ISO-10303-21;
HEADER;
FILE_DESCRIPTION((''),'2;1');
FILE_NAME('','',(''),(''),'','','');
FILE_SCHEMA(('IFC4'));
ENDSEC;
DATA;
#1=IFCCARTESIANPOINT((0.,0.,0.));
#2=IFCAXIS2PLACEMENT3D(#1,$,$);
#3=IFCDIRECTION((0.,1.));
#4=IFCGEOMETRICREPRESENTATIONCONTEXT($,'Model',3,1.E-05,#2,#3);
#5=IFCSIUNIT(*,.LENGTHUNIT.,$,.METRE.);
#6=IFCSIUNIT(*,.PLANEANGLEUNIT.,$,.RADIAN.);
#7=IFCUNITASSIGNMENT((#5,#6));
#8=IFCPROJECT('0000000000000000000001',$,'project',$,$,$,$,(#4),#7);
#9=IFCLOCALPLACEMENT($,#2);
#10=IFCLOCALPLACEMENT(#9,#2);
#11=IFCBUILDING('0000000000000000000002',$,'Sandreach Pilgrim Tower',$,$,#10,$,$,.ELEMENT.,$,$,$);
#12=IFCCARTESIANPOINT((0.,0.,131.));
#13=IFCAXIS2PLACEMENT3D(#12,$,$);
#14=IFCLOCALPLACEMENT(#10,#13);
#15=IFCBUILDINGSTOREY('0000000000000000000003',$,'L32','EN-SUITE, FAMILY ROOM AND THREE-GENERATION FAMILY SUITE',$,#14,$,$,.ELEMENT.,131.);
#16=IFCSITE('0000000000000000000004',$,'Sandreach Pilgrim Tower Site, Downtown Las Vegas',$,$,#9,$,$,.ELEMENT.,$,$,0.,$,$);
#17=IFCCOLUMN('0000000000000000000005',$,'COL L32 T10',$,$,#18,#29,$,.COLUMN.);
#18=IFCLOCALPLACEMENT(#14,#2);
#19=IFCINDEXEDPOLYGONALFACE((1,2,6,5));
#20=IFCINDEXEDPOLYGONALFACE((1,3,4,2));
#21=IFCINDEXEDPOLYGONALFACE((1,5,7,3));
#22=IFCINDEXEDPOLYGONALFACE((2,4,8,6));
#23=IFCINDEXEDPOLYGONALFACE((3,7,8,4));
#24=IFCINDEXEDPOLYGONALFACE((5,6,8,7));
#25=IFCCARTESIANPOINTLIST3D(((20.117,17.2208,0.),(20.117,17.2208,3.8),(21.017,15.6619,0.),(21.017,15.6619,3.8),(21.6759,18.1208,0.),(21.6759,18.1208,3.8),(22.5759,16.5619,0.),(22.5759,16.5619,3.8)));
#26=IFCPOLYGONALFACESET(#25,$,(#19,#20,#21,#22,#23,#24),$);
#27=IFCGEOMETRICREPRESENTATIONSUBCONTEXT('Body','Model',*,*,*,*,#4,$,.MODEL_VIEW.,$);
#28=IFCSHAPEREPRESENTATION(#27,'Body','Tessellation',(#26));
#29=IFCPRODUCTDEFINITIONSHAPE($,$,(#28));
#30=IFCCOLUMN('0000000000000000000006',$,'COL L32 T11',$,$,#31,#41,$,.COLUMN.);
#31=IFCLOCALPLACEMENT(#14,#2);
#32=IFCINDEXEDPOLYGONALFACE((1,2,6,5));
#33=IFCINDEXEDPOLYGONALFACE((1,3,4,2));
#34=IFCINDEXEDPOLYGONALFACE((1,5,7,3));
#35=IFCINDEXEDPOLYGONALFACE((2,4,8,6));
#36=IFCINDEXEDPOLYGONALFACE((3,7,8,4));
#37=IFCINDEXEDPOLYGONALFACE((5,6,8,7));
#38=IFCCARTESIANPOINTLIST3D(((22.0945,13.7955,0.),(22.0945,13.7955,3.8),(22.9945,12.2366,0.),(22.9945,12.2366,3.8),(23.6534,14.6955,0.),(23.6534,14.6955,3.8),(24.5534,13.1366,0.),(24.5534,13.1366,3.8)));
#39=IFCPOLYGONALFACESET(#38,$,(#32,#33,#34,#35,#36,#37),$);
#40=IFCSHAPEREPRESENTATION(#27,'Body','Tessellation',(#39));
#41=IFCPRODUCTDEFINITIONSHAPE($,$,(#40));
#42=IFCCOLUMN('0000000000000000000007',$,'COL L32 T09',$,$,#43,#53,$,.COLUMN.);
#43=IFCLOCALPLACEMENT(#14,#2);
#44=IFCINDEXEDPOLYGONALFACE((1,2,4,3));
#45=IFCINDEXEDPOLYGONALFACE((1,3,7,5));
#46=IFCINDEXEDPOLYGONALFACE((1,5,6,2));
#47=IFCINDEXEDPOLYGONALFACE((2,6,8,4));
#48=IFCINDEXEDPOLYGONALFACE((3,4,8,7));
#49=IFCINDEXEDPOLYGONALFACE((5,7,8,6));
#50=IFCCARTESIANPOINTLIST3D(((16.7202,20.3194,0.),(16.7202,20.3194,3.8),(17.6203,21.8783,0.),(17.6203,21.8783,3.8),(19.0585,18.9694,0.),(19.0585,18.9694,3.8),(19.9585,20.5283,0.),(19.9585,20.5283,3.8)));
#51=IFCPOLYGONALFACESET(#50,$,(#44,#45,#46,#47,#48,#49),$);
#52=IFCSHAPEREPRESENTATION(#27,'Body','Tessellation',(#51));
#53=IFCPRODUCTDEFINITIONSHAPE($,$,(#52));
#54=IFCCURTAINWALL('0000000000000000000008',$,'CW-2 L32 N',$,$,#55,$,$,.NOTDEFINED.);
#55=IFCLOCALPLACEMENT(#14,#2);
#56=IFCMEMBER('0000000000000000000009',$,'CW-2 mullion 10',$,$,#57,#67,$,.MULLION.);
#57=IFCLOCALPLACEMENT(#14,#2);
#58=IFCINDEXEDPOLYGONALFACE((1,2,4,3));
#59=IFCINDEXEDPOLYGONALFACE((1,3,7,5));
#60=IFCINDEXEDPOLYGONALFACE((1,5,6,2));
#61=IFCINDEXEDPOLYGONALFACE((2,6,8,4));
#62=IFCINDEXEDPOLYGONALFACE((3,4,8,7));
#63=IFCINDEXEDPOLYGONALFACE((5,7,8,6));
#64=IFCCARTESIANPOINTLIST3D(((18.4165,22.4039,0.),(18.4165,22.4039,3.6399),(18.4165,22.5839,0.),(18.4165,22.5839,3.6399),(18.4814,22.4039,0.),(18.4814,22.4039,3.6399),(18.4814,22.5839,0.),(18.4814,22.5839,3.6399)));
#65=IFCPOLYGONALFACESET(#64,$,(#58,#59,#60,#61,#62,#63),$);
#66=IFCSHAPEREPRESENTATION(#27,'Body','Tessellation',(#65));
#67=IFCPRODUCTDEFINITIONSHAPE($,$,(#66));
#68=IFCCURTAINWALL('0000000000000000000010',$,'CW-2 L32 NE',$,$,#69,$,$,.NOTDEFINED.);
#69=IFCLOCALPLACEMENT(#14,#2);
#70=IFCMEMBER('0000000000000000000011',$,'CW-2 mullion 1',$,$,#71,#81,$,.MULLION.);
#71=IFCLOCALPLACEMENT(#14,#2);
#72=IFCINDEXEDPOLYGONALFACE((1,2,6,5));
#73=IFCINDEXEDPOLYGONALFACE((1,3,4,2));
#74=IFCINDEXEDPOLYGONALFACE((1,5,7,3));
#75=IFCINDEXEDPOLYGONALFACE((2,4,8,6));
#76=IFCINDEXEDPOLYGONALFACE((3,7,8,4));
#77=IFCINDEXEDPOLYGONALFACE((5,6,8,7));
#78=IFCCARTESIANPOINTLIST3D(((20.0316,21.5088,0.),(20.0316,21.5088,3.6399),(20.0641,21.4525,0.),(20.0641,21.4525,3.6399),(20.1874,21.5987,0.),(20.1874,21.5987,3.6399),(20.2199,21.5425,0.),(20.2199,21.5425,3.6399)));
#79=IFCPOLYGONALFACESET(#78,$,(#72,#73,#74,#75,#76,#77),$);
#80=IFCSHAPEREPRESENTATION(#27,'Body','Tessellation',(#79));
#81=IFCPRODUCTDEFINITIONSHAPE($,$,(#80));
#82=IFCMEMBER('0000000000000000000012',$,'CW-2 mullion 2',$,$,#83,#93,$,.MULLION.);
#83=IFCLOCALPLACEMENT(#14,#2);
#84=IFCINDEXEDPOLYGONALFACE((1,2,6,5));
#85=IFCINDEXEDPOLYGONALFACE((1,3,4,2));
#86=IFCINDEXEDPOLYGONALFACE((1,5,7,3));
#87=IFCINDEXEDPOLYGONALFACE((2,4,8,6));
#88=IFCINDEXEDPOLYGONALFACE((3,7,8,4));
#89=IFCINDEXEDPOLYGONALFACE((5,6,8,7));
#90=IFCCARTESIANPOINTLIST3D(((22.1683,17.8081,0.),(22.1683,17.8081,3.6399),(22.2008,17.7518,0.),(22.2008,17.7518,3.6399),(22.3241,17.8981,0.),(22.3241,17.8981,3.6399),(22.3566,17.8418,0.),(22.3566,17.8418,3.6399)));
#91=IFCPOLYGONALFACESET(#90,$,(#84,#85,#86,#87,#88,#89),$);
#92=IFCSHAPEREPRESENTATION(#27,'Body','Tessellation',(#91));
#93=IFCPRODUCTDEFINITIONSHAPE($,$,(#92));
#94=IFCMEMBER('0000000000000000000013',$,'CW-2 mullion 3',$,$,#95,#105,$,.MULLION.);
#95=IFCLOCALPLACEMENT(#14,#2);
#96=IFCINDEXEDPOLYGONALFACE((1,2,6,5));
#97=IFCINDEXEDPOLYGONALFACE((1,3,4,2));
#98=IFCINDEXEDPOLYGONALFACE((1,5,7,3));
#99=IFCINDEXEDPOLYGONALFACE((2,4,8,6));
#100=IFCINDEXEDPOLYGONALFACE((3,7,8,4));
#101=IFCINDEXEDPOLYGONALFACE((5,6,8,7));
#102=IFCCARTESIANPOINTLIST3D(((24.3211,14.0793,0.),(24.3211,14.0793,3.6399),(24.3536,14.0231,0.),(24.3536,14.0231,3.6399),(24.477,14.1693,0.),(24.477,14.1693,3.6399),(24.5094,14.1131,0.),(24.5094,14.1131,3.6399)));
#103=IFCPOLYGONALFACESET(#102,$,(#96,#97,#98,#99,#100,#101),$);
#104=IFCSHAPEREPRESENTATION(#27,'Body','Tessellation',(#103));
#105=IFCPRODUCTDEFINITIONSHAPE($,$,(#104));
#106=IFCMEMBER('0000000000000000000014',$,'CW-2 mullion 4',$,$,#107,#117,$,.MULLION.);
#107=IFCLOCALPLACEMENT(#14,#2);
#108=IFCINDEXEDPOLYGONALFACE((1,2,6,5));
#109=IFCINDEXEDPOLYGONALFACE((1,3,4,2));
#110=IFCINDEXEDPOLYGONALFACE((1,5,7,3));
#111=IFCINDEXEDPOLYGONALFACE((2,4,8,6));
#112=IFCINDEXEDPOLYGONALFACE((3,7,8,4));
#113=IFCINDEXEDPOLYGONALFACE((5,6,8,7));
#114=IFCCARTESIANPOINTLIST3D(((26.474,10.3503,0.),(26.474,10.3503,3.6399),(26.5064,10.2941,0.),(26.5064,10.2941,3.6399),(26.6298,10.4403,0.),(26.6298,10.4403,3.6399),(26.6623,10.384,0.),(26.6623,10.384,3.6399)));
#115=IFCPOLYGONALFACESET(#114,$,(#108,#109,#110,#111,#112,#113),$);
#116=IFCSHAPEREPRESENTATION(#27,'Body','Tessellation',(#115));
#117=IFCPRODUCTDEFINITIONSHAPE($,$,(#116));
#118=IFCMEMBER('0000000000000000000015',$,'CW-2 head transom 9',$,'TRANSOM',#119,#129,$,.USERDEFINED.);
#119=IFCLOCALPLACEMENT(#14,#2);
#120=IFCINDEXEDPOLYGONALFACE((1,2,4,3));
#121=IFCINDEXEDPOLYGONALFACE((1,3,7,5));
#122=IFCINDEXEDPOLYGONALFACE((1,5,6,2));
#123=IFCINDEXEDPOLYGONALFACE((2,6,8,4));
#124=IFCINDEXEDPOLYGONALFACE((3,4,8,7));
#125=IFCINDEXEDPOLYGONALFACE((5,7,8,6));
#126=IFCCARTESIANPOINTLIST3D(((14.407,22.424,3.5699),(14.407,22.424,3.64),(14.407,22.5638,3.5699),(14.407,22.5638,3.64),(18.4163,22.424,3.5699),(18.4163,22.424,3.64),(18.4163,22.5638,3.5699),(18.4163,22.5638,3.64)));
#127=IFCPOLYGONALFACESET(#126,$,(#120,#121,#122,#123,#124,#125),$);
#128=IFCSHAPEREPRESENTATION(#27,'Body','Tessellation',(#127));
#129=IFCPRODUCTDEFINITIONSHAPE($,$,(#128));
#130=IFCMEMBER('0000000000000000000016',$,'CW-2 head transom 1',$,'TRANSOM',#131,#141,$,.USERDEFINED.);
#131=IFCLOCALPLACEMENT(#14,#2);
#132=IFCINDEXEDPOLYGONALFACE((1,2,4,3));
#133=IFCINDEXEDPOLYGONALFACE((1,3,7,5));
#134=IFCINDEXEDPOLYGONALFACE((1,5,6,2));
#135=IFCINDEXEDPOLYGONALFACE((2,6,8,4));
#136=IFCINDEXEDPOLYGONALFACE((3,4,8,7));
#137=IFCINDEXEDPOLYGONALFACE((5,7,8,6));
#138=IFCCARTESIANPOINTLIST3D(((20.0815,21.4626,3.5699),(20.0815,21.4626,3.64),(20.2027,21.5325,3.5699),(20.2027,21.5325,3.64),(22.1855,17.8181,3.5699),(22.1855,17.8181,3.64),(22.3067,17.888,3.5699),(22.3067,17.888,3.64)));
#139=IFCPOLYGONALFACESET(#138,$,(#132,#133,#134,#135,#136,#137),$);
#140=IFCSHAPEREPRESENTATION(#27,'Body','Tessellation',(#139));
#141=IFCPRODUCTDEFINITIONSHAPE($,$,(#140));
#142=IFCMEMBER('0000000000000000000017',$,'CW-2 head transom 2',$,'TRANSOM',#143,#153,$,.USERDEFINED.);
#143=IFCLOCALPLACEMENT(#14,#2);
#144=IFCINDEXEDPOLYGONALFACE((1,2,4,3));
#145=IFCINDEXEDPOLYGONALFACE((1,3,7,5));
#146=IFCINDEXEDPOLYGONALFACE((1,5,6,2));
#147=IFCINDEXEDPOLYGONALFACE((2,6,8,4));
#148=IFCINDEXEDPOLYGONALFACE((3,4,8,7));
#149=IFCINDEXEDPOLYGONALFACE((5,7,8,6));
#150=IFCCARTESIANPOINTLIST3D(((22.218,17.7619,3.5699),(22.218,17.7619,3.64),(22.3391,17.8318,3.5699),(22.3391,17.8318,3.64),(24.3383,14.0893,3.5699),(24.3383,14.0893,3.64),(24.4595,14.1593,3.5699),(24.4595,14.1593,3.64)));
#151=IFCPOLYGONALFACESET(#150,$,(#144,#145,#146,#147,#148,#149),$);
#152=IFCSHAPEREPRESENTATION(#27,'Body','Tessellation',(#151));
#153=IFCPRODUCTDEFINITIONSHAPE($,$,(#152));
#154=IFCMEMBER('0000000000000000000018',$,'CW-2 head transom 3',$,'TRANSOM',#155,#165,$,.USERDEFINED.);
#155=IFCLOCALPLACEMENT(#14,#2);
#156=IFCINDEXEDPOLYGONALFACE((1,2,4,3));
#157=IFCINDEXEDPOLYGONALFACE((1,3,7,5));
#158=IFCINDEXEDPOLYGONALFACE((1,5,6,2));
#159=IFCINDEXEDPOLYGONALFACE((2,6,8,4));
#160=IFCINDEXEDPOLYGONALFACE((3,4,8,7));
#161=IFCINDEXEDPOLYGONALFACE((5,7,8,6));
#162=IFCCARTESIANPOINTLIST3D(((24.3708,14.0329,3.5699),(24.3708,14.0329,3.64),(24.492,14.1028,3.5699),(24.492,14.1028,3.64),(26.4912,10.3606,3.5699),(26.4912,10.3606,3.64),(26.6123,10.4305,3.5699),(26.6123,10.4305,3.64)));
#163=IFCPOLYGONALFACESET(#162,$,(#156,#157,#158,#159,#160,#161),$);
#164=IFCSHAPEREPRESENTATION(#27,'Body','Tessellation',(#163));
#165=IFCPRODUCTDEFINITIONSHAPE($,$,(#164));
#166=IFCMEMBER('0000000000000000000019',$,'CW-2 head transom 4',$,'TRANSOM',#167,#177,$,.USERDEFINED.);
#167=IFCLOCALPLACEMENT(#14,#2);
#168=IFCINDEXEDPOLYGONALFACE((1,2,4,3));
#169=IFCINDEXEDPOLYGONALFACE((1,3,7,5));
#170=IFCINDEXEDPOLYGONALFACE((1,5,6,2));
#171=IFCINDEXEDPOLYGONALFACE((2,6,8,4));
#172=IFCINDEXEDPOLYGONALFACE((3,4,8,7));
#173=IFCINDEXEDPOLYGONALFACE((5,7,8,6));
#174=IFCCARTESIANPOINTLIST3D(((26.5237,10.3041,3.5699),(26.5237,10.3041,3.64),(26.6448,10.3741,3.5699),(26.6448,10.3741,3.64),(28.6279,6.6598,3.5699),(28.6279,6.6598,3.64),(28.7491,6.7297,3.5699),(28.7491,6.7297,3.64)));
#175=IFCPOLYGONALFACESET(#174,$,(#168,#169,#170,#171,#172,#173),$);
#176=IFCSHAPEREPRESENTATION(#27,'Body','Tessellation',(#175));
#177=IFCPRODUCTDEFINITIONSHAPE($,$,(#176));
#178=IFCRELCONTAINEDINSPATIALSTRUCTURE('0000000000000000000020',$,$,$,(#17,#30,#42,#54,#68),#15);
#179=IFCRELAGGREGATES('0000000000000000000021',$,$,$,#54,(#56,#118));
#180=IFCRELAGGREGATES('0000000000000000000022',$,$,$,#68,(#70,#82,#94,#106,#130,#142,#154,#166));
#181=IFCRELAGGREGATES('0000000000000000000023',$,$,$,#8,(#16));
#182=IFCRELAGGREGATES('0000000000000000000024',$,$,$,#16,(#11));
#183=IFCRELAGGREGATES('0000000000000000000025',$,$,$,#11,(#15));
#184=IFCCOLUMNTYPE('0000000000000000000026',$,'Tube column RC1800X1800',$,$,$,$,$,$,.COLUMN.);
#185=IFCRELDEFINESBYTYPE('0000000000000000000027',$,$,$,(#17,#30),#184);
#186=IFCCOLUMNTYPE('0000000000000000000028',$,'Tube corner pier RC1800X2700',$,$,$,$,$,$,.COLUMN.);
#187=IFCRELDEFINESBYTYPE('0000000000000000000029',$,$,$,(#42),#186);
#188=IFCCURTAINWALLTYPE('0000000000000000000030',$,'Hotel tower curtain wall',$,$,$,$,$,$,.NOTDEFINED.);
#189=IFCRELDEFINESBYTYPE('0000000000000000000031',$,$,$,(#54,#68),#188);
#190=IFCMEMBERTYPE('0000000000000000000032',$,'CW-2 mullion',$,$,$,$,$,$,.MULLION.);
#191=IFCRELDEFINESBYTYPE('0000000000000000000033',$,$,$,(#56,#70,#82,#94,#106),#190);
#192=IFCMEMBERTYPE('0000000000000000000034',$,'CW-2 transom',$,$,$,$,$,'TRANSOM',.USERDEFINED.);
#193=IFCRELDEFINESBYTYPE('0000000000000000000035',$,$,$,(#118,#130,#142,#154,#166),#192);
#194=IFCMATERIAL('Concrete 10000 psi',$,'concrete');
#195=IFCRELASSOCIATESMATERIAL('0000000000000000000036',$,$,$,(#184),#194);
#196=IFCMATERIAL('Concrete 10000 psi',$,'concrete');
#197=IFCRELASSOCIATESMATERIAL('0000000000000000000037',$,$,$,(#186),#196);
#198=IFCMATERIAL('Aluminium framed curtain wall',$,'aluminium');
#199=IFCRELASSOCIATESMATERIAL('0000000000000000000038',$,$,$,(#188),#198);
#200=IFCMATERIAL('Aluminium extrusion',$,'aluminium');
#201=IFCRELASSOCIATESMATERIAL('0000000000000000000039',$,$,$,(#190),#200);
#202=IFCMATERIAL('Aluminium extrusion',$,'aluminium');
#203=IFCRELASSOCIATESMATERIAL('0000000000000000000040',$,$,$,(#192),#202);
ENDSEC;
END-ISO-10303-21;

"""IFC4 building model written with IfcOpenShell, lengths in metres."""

from ifc_helpers import new_model, si_unit, direction, frame, origin, origin_2d, place, context, subcontext, project, spatial, rectangle, extrude, material, material_profile, profile_set, type_object, element, aggregate, save


model = new_model("IFC4")

# Units and contexts
model_context = context("Model", 3, precision=1e-05, world=origin(), true_north=direction((0.0, 1.0)))
body_context = subcontext(model_context, "Body", "Model", "MODEL_VIEW")
ifc_project = project(units=[si_unit("LENGTHUNIT", "METRE"), si_unit("PLANEANGLEUNIT", "RADIAN")], contexts=[model_context])

# Site, building, storey
site_placement = place(None, origin())
site = spatial("IfcSite", under=ifc_project, at=site_placement, Name="Sandreach Pilgrim Tower Site, Downtown Las Vegas", CompositionType="ELEMENT", RefElevation=0.0)
building_placement = place(site_placement, origin())
building = spatial("IfcBuilding", under=site, at=building_placement, Name="Sandreach Pilgrim Tower", CompositionType="ELEMENT")
storey_placement = place(building_placement, frame((0.0, 0.0, 131.0)))
storey = spatial("IfcBuildingStorey", under=building, at=storey_placement, Name="L32", Description="EN-SUITE, FAMILY ROOM AND THREE-GENERATION FAMILY SUITE", CompositionType="ELEMENT", Elevation=131.0)

# Columns
ifc_material_1 = material(Name="Concrete 10000 psi", Category="concrete")
ifc_material_profile_1 = material_profile(ifc_material_1, rectangle(XDim=1.8, YDim=1.8, at=origin_2d()), Name="RC1800X1800")
ifc_profile_set_1 = profile_set([ifc_material_profile_1], Name="Concrete 10000 psi")
column_type_1 = type_object("IfcColumnType", Name="Tube column RC1800X1800", PredefinedType="COLUMN", material=ifc_profile_set_1)
for number, where, z_axis, x_axis, name in (
    (1, (21.3464, 16.8914, 0.0), (0.0, 0.0, 1.0), (0.866025, 0.5, 0.0), "COL L32 T10"),
    (2, (23.324, 13.4661, 0.0), (0.0, 0.0, 1.0), (0.866025, 0.5, 0.0), "COL L32 T11"),
):
    element("IfcColumn", number, at=place(storey_placement, frame(where, z_axis=z_axis, x_axis=x_axis)), inside=storey, type_object=column_type_1, Name=name, PredefinedType="COLUMN", context=body_context, shape_type="SweptSolid", body=[
        extrude(rectangle(XDim=1.8, YDim=1.8, at=origin_2d()), origin(), (0.0, 0.0, 1.0), 3.8),
    ])
ifc_material_2 = material(Name="Concrete 10000 psi", Category="concrete")
ifc_material_profile_2 = material_profile(ifc_material_2, rectangle(XDim=1.8, YDim=2.7, at=origin_2d()), Name="RC1800X2700")
ifc_profile_set_2 = profile_set([ifc_material_profile_2], Name="Concrete 10000 psi")
column_type_2 = type_object("IfcColumnType", Name="Tube corner pier RC1800X2700", PredefinedType="COLUMN", material=ifc_profile_set_2)
column_placement = place(storey_placement, frame((18.3394, 20.4238, 0.0), z_axis=(0.0, 0.0, 1.0), x_axis=(0.5, 0.866025, 0.0)))
element("IfcColumn", 3, at=column_placement, inside=storey, type_object=column_type_2, Name="COL L32 T09", PredefinedType="COLUMN", context=body_context, shape_type="SweptSolid", body=[
    extrude(rectangle(XDim=1.8, YDim=2.7, at=origin_2d()), origin(), (0.0, 0.0, 1.0), 3.8),
])

# Curtain wall, member
ifc_material_3 = material(Name="Aluminium framed curtain wall", Category="aluminium")
curtain_wall_type = type_object("IfcCurtainWallType", Name="Hotel tower curtain wall", PredefinedType="NOTDEFINED", material=ifc_material_3)
curtain_wall_1_placement = place(storey_placement, origin())
curtain_wall_1 = element("IfcCurtainWall", 4, at=curtain_wall_1_placement, inside=storey, type_object=curtain_wall_type, Name="CW-2 L32 N", PredefinedType="NOTDEFINED")
ifc_material_4 = material(Name="Aluminium extrusion", Category="aluminium")
ifc_material_profile_3 = material_profile(ifc_material_4, rectangle(XDim=0.0649, YDim=0.1799, at=origin_2d()), Name="CW-2M 65X180")
ifc_profile_set_3 = profile_set([ifc_material_profile_3], Name="Aluminium extrusion")
member_type_1 = type_object("IfcMemberType", Name="CW-2 mullion", PredefinedType="MULLION", material=ifc_profile_set_3)
member_1_placement = place(storey_placement, frame((18.449, 22.4939, 0.0), z_axis=(0.0, 0.0, 1.0), x_axis=(1.0, 0.0, 0.0)))
member_1 = element("IfcMember", 5, at=member_1_placement, type_object=member_type_1, Name="CW-2 mullion 10", PredefinedType="MULLION", context=body_context, shape_type="SweptSolid", body=[
    extrude(rectangle(XDim=0.0649, YDim=0.1799, at=origin_2d()), origin(), (0.0, 0.0, 1.0), 3.6399),
])

# Curtain wall, members
curtain_wall_2_placement = place(storey_placement, origin())
curtain_wall_2 = element("IfcCurtainWall", 6, at=curtain_wall_2_placement, inside=storey, type_object=curtain_wall_type, Name="CW-2 L32 NE", PredefinedType="NOTDEFINED")
member_2_placement = place(storey_placement, frame((20.1257, 21.5256, 0.0), z_axis=(0.0, 0.0, 1.0), x_axis=(0.5, -0.866025, 0.0)))
member_2 = element("IfcMember", 7, at=member_2_placement, type_object=member_type_1, Name="CW-2 mullion 1", PredefinedType="MULLION", context=body_context, shape_type="SweptSolid", body=[
    extrude(rectangle(XDim=0.0649, YDim=0.1799, at=origin_2d()), origin(), (0.0, 0.0, 1.0), 3.6399),
])
member_3_placement = place(storey_placement, frame((22.2625, 17.825, 0.0), z_axis=(0.0, 0.0, 1.0), x_axis=(0.5, -0.866025, 0.0)))
member_3 = element("IfcMember", 8, at=member_3_placement, type_object=member_type_1, Name="CW-2 mullion 2", PredefinedType="MULLION", context=body_context, shape_type="SweptSolid", body=[
    extrude(rectangle(XDim=0.0649, YDim=0.1799, at=origin_2d()), origin(), (0.0, 0.0, 1.0), 3.6399),
])
member_4_placement = place(storey_placement, frame((24.4153, 14.0962, 0.0), z_axis=(0.0, 0.0, 1.0), x_axis=(0.5, -0.866025, 0.0)))
member_4 = element("IfcMember", 9, at=member_4_placement, type_object=member_type_1, Name="CW-2 mullion 3", PredefinedType="MULLION", context=body_context, shape_type="SweptSolid", body=[
    extrude(rectangle(XDim=0.0649, YDim=0.1799, at=origin_2d()), origin(), (0.0, 0.0, 1.0), 3.6399),
])
member_5_placement = place(storey_placement, frame((26.5681, 10.3672, 0.0), z_axis=(0.0, 0.0, 1.0), x_axis=(0.5, -0.866025, 0.0)))
member_5 = element("IfcMember", 10, at=member_5_placement, type_object=member_type_1, Name="CW-2 mullion 4", PredefinedType="MULLION", context=body_context, shape_type="SweptSolid", body=[
    extrude(rectangle(XDim=0.0649, YDim=0.1799, at=origin_2d()), origin(), (0.0, 0.0, 1.0), 3.6399),
])

# Members
ifc_material_5 = material(Name="Aluminium extrusion", Category="aluminium")
ifc_material_profile_4 = material_profile(ifc_material_5, rectangle(XDim=0.1399, YDim=0.0701, at=origin_2d()), Name="CW-2T 140X70")
ifc_profile_set_4 = profile_set([ifc_material_profile_4], Name="Aluminium extrusion")
member_type_2 = type_object("IfcMemberType", Name="CW-2 transom", ElementType="TRANSOM", PredefinedType="USERDEFINED", material=ifc_profile_set_4)
member_6_placement = place(storey_placement, frame((14.407, 22.4939, 3.605), z_axis=(1.0, 0.0, 0.0), x_axis=(0.0, 1.0, 0.0)))
member_6 = element("IfcMember", 11, at=member_6_placement, type_object=member_type_2, Name="CW-2 head transom 9", ObjectType="TRANSOM", PredefinedType="USERDEFINED", context=body_context, shape_type="SweptSolid", body=[
    extrude(rectangle(XDim=0.1399, YDim=0.0701, at=origin_2d()), origin(), (0.0, 0.0, 1.0), 4.0093),
])
member_7_placement = place(storey_placement, frame((20.1421, 21.4976, 3.605), z_axis=(0.49997, -0.866043, 0.0), x_axis=(0.866043, 0.49997, 0.0)))
member_7 = element("IfcMember", 12, at=member_7_placement, type_object=member_type_2, Name="CW-2 head transom 1", ObjectType="TRANSOM", PredefinedType="USERDEFINED", context=body_context, shape_type="SweptSolid", body=[
    extrude(rectangle(XDim=0.1399, YDim=0.0701, at=origin_2d()), origin(), (0.0, 0.0, 1.0), 4.2083),
])
member_8_placement = place(storey_placement, frame((22.2786, 17.7969, 3.605), z_axis=(0.499997, -0.866027, 0.0), x_axis=(0.866027, 0.499997, 0.0)))
member_8 = element("IfcMember", 13, at=member_8_placement, type_object=member_type_2, Name="CW-2 head transom 2", ObjectType="TRANSOM", PredefinedType="USERDEFINED", context=body_context, shape_type="SweptSolid", body=[
    extrude(rectangle(XDim=0.1399, YDim=0.0701, at=origin_2d()), origin(), (0.0, 0.0, 1.0), 4.2407),
])
member_9_placement = place(storey_placement, frame((24.4314, 14.0679, 3.605), z_axis=(0.500021, -0.866013, 0.0), x_axis=(0.866013, 0.500021, 0.0)))
member_9 = element("IfcMember", 14, at=member_9_placement, type_object=member_type_2, Name="CW-2 head transom 3", ObjectType="TRANSOM", PredefinedType="USERDEFINED", context=body_context, shape_type="SweptSolid", body=[
    extrude(rectangle(XDim=0.1399, YDim=0.0701, at=origin_2d()), origin(), (0.0, 0.0, 1.0), 4.2405),
])
member_10_placement = place(storey_placement, frame((26.5842, 10.3391, 3.605), z_axis=(0.500039, -0.866003, 0.0), x_axis=(0.866003, 0.500039, 0.0)))
member_10 = element("IfcMember", 15, at=member_10_placement, type_object=member_type_2, Name="CW-2 head transom 4", ObjectType="TRANSOM", PredefinedType="USERDEFINED", context=body_context, shape_type="SweptSolid", body=[
    extrude(rectangle(XDim=0.1399, YDim=0.0701, at=origin_2d()), origin(), (0.0, 0.0, 1.0), 4.2083),
])

aggregate(curtain_wall_1, [member_1, member_6])
aggregate(curtain_wall_2, [member_2, member_3, member_4, member_5, member_7, member_8, member_9, member_10])

save(model, "model.ifc")
